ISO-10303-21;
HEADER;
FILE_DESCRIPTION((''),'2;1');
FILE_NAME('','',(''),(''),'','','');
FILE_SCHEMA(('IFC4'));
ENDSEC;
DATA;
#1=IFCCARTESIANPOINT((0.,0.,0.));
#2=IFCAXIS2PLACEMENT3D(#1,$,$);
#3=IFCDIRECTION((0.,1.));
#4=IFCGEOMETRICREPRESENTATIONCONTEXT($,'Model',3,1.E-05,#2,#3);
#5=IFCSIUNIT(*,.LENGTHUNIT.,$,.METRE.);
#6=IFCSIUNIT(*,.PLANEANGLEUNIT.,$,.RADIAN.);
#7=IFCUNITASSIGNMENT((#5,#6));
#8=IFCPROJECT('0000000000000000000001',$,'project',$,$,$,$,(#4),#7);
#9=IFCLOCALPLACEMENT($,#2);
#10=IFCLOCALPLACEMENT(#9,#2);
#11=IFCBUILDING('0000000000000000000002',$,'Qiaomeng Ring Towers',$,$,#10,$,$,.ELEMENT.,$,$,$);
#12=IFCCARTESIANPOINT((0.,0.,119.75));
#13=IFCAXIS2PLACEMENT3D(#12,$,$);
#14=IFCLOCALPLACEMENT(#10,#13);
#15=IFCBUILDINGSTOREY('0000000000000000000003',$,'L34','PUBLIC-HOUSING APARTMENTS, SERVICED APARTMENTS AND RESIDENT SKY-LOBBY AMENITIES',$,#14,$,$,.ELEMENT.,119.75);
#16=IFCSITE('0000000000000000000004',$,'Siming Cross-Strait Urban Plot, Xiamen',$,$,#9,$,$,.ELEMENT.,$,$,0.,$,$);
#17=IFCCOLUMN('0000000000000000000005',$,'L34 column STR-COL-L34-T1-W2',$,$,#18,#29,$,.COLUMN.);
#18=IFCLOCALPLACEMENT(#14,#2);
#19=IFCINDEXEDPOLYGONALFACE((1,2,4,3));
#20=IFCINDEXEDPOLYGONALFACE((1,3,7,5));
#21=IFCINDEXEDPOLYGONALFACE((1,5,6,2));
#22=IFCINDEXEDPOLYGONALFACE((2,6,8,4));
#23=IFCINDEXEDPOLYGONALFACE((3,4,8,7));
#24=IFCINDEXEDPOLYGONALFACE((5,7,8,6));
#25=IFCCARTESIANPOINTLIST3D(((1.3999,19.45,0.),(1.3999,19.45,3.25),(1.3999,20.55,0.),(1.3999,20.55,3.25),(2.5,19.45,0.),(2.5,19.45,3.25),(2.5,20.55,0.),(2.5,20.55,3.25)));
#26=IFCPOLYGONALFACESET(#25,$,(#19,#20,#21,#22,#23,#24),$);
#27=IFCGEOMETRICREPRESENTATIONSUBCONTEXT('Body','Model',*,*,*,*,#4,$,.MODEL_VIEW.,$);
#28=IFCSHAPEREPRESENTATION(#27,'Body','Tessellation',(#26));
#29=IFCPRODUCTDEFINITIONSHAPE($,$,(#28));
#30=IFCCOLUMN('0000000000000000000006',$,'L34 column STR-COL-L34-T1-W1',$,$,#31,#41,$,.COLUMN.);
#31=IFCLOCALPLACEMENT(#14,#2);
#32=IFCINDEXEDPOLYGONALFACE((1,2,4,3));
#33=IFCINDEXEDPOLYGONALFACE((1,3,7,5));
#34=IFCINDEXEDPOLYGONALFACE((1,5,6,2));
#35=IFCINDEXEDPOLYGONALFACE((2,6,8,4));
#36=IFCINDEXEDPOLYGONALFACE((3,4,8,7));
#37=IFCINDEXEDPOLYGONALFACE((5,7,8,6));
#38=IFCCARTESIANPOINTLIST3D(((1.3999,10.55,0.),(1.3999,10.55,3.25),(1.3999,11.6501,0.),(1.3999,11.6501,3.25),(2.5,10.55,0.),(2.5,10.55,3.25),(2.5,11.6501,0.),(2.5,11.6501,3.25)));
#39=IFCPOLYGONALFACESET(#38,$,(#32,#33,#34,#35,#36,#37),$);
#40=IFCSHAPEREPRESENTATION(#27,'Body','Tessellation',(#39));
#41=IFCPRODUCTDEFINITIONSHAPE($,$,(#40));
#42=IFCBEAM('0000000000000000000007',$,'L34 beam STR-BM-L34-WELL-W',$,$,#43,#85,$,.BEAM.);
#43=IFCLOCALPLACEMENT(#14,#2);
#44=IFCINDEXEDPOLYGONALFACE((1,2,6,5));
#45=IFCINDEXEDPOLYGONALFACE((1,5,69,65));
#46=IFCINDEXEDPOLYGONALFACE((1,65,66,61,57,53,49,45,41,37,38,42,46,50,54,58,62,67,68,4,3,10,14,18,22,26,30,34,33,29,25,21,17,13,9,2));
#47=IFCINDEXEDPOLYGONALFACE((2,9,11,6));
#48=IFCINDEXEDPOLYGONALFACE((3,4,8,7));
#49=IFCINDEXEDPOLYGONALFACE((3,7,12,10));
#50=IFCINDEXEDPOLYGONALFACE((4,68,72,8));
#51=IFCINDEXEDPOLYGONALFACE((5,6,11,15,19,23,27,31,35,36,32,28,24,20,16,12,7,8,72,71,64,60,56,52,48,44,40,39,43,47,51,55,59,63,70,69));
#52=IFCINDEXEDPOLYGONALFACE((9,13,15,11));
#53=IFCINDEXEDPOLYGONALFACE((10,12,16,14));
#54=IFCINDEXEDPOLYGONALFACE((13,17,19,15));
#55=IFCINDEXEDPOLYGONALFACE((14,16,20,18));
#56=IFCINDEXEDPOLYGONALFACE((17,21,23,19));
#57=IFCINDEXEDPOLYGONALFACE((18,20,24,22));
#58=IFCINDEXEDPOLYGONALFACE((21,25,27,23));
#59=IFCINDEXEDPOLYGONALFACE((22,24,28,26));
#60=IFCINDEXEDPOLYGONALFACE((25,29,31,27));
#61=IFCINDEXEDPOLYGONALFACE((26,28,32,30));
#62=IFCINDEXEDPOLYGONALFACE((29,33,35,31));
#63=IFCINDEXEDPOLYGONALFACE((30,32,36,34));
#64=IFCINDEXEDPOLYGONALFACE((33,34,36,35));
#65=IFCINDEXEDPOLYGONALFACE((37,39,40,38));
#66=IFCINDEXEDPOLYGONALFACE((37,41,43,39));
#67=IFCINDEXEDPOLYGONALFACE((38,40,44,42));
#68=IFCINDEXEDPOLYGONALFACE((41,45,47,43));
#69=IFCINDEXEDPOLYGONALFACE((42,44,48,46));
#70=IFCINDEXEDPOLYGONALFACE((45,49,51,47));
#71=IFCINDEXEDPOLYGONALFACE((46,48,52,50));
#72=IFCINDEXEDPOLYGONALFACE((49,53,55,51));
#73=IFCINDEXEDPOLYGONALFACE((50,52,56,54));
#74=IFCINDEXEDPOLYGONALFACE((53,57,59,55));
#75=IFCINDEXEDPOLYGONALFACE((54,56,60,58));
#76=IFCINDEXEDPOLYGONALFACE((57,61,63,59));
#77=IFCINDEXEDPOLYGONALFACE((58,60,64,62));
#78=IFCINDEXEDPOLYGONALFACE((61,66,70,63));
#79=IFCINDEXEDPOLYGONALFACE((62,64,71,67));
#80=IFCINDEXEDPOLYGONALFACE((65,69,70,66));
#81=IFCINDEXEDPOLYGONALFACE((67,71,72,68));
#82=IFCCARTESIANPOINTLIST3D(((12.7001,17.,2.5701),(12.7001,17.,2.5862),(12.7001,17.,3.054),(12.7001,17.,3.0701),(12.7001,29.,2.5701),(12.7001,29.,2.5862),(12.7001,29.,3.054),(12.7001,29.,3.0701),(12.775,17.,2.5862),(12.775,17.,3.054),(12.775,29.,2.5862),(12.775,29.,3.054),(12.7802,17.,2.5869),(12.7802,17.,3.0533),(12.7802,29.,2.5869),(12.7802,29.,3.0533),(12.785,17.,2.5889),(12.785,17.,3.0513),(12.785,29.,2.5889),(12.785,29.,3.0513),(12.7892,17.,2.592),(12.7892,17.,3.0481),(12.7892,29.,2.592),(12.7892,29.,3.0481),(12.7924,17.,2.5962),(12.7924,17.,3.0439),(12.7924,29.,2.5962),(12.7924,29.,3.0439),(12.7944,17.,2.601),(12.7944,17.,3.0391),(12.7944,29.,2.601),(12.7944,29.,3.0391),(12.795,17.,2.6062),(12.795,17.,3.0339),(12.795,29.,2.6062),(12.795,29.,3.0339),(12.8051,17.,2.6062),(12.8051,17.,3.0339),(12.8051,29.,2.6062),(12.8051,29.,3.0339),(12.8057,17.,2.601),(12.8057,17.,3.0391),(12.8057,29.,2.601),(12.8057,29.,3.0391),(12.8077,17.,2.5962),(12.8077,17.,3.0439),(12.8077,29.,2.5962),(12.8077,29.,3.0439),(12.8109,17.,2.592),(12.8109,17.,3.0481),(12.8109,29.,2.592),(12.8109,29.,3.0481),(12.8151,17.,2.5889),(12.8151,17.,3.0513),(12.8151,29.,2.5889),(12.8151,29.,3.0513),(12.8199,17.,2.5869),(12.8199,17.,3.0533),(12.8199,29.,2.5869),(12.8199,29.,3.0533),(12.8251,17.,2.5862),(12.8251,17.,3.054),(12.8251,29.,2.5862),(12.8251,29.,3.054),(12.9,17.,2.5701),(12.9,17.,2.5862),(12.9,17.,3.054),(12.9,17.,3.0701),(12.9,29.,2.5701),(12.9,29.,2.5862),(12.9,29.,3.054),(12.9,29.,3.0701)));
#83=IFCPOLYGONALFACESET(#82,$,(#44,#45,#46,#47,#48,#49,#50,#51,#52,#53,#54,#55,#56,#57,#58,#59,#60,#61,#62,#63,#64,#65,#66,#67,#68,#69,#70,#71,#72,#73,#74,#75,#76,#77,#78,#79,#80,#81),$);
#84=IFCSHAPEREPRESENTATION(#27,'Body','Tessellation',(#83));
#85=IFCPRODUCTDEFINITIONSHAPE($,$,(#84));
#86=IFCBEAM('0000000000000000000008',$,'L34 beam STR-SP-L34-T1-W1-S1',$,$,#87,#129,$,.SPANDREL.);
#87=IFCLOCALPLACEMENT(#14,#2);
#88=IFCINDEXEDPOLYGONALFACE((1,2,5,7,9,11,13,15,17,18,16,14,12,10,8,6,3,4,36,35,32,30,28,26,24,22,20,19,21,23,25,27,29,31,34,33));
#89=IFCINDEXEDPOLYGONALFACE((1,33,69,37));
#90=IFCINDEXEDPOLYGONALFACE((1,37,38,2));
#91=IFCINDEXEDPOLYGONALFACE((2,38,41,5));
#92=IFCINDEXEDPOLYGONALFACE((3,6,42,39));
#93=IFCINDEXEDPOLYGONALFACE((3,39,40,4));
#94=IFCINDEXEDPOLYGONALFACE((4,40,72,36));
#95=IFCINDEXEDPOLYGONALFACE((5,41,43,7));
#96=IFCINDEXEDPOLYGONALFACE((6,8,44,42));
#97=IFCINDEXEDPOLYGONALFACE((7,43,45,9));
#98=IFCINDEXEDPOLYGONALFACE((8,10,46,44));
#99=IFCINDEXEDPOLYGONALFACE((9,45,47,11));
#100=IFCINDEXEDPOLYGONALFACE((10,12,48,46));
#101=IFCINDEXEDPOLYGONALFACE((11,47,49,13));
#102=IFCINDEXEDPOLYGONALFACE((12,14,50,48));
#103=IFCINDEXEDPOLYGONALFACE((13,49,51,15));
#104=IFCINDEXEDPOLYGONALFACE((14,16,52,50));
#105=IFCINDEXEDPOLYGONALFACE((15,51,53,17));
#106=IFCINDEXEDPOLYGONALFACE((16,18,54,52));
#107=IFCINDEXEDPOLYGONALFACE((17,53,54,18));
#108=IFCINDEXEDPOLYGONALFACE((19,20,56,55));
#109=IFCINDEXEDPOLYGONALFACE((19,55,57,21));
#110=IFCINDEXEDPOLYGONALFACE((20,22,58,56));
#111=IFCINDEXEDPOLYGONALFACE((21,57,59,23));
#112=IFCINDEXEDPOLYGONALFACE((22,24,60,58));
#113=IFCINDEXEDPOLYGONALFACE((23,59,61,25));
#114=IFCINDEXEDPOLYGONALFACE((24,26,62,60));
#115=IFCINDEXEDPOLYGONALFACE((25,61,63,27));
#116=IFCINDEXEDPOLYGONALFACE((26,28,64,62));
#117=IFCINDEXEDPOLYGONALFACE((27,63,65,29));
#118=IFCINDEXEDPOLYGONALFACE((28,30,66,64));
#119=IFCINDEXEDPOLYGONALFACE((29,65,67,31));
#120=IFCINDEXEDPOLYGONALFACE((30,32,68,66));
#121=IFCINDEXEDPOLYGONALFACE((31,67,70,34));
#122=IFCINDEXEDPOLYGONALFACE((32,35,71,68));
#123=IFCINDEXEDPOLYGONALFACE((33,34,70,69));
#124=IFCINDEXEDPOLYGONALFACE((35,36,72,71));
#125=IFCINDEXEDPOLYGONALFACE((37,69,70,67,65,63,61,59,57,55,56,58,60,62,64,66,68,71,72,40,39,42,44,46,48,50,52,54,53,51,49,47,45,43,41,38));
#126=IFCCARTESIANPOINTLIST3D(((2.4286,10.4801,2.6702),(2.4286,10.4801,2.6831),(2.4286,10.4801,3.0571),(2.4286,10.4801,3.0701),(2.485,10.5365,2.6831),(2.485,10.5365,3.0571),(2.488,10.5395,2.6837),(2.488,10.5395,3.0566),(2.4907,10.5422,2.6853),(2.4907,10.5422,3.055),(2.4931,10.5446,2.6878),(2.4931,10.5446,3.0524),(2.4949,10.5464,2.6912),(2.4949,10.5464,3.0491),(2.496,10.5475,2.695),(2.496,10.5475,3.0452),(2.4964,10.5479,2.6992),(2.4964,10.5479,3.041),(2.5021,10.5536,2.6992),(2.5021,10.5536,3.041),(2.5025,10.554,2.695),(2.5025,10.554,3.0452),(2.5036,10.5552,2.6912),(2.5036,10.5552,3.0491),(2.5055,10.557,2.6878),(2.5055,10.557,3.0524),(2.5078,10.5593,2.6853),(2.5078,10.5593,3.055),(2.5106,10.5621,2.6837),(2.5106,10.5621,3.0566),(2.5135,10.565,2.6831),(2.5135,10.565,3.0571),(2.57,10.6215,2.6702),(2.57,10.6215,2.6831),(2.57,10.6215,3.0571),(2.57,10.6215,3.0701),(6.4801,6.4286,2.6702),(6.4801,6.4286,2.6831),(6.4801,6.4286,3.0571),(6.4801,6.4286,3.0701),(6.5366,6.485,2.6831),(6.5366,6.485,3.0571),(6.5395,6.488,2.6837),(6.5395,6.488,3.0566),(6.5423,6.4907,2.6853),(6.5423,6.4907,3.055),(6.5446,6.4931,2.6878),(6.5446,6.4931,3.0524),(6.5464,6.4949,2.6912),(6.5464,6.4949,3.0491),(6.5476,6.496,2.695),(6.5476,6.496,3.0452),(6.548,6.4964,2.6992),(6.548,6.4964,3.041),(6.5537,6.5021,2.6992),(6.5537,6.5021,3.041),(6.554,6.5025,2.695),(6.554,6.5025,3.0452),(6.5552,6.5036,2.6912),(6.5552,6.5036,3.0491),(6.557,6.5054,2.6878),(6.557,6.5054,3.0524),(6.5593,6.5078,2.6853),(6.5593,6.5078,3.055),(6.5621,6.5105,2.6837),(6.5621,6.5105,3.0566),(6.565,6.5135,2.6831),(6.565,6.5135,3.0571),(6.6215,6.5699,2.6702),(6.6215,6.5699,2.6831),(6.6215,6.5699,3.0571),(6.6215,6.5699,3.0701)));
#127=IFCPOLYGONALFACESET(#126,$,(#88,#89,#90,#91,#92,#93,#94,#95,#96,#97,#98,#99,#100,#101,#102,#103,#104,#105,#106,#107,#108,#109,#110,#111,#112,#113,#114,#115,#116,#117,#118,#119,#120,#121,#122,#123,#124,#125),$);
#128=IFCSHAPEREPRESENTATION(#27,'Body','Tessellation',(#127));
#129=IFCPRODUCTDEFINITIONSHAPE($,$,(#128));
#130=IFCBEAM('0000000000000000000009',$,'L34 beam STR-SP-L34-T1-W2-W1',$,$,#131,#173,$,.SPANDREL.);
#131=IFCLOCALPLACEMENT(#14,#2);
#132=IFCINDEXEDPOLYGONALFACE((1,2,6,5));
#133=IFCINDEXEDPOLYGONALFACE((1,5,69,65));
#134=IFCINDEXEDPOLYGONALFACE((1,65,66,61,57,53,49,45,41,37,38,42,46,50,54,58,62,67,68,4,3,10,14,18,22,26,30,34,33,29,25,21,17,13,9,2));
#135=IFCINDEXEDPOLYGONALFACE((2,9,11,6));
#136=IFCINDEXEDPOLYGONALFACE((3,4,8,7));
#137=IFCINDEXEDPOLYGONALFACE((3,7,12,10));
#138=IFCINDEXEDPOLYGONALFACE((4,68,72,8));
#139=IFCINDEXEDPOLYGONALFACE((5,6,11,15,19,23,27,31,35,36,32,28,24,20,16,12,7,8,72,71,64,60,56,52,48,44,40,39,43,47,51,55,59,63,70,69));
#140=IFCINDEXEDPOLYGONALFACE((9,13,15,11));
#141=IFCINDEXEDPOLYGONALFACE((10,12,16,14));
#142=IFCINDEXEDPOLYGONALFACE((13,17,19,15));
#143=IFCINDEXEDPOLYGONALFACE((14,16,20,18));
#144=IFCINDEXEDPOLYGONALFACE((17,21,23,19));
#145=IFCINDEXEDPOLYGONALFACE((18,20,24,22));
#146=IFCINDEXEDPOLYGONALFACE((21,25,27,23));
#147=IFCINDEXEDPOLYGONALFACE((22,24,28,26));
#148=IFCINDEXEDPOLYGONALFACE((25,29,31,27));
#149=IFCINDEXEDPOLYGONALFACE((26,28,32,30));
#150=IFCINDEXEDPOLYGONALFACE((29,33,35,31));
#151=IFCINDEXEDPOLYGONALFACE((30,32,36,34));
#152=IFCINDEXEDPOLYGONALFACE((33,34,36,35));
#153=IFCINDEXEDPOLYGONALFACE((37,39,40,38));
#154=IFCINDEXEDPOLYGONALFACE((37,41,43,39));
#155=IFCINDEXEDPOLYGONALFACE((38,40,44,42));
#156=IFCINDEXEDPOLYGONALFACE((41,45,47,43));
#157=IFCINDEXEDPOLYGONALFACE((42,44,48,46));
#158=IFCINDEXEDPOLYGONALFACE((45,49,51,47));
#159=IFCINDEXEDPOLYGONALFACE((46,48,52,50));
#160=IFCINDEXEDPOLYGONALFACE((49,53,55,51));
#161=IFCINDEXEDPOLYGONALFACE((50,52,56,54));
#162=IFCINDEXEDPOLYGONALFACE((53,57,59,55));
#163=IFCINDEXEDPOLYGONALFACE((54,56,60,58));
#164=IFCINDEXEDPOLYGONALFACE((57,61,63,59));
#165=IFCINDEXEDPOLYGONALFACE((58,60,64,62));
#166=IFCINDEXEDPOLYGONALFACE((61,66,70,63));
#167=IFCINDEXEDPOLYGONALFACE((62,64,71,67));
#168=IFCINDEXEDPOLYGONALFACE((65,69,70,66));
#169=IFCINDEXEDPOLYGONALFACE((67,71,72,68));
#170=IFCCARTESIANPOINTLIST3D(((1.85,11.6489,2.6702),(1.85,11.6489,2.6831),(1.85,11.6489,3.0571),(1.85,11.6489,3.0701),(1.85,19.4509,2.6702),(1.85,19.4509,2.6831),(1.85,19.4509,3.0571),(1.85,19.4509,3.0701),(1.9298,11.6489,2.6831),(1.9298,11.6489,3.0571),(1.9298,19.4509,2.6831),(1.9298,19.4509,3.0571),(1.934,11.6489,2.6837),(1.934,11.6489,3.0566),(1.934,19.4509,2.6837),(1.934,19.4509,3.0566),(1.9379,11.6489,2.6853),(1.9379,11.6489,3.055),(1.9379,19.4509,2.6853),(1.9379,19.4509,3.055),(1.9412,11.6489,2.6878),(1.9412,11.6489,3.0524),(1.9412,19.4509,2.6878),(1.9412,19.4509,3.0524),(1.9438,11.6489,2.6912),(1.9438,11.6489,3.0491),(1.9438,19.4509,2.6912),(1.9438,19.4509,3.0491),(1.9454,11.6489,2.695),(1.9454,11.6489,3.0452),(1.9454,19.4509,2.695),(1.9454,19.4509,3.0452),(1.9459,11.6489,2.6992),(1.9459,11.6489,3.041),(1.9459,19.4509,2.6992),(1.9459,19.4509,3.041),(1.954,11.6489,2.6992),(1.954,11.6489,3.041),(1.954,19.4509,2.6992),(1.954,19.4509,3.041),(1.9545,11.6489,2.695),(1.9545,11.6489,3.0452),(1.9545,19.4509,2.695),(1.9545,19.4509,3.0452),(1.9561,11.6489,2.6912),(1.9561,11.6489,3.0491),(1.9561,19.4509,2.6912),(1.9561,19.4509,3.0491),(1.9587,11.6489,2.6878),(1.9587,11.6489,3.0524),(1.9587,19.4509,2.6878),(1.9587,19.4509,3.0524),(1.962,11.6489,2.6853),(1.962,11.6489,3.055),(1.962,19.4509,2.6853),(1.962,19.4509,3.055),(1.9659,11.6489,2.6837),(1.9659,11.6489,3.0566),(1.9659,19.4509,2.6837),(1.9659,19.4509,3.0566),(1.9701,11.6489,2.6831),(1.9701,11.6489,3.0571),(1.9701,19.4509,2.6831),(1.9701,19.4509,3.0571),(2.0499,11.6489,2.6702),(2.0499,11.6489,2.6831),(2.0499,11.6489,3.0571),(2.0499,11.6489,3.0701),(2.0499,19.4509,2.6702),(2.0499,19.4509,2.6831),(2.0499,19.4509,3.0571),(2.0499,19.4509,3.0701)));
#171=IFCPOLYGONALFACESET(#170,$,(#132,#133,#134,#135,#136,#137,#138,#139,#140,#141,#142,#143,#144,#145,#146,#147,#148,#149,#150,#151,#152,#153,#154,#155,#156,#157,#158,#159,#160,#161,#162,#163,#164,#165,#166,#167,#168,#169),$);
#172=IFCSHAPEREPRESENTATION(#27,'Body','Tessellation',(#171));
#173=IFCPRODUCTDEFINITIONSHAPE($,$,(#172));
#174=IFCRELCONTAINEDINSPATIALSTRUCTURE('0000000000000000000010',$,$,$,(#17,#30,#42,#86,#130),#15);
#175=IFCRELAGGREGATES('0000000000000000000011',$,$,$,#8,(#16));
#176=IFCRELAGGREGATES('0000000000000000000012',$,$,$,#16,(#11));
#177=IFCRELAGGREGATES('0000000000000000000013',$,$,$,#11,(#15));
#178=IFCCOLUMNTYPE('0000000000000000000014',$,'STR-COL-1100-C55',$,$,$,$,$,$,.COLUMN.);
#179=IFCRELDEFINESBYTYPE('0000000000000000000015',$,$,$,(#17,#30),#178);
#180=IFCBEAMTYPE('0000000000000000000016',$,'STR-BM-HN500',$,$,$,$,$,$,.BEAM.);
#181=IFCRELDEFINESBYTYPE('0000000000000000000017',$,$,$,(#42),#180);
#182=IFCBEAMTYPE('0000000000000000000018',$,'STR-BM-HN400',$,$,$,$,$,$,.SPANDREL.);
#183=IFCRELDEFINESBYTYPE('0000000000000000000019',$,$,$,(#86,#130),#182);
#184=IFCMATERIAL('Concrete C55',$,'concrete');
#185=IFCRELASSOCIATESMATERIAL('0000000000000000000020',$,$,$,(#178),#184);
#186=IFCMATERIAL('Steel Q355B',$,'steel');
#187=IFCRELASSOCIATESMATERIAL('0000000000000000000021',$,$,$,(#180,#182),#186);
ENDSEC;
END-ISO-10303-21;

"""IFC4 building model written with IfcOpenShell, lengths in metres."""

from ifc_helpers import new_model, si_unit, direction, frame, origin, origin_2d, place, context, subcontext, project, spatial, rectangle, i_section, extrude, source, transform, mapped, material, material_profile, profile_set, type_object, element, save


model = new_model("IFC4")

# Units and contexts
model_context = context("Model", 3, precision=1e-05, world=origin(), true_north=direction((0.0, 1.0)))
body_context = subcontext(model_context, "Body", "Model", "MODEL_VIEW")
ifc_project = project(units=[si_unit("LENGTHUNIT", "METRE"), si_unit("PLANEANGLEUNIT", "RADIAN")], contexts=[model_context])

# Site, building, storey
site_placement = place(None, origin())
site = spatial("IfcSite", under=ifc_project, at=site_placement, Name="Siming Cross-Strait Urban Plot, Xiamen", CompositionType="ELEMENT", RefElevation=0.0)
building_placement = place(site_placement, origin())
building = spatial("IfcBuilding", under=site, at=building_placement, Name="Qiaomeng Ring Towers", CompositionType="ELEMENT")
storey_placement = place(building_placement, frame((0.0, 0.0, 119.75)))
storey = spatial("IfcBuildingStorey", under=building, at=storey_placement, Name="L34", Description="PUBLIC-HOUSING APARTMENTS, SERVICED APARTMENTS AND RESIDENT SKY-LOBBY AMENITIES", CompositionType="ELEMENT", Elevation=119.75)

# Columns
ifc_material_1 = material(Name="Concrete C55", Category="concrete")
ifc_material_profile_1 = material_profile(ifc_material_1, rectangle(XDim=1.1001, YDim=1.1001, at=origin_2d()), Name="RC COL 1100x1100")
ifc_profile_set_1 = profile_set([ifc_material_profile_1], Name="Concrete C55")
column_type = type_object("IfcColumnType", Name="STR-COL-1100-C55", PredefinedType="COLUMN", material=ifc_profile_set_1)
shared_shape_1 = source(origin(), body_context, "Body", "SweptSolid", [
    extrude(rectangle(XDim=1.1001, YDim=1.1001, at=origin_2d()), origin(), (0.0, 0.0, 1.0), 3.25),
])
for number, where, z_axis, x_axis, name in (
    (1, (1.95, 20.0, 0.0), (0.0, 0.0, 1.0), (1.0, 0.0, 0.0), "L34 column STR-COL-L34-T1-W2"),
    (2, (1.95, 11.1001, 0.0), (0.0, 0.0, 1.0), (1.0, 0.0, 0.0), "L34 column STR-COL-L34-T1-W1"),
):
    element("IfcColumn", number, at=place(storey_placement, frame(where, z_axis=z_axis, x_axis=x_axis)), inside=storey, type_object=column_type, Name=name, PredefinedType="COLUMN", context=body_context, shape_type="MappedRepresentation", body=[
        mapped(shared_shape_1, transform((0.0, 0.0, 0.0), x_axis=(1.0, 0.0, 0.0), y_axis=(0.0, 1.0, 0.0), z_axis=(0.0, 0.0, 1.0), scale=1.0)),
    ])

# Beams
ifc_material_2 = material(Name="Steel Q355B", Category="steel")
ifc_material_profile_2 = material_profile(ifc_material_2, i_section(OverallWidth=0.2, OverallDepth=0.5, WebThickness=0.01, FlangeThickness=0.0161, FilletRadius=0.02, at=origin_2d()), Name="HN 500x200x10x16")
ifc_profile_set_2 = profile_set([ifc_material_profile_2], Name="Steel Q355B")
beam_type_1 = type_object("IfcBeamType", Name="STR-BM-HN500", PredefinedType="BEAM", material=ifc_profile_set_2)
shared_shape_2 = source(origin(), body_context, "Body", "SweptSolid", [
    extrude(i_section(OverallWidth=0.2, OverallDepth=0.5, WebThickness=0.01, FlangeThickness=0.0161, FilletRadius=0.02, at=origin_2d()), origin(), (0.0, 0.0, 1.0), 12.0),
])
beam_1_placement = place(storey_placement, frame((12.8, 17.0, 2.8201), z_axis=(0.0, 1.0, 0.0), x_axis=(-1.0, 0.0, 0.0)))
element("IfcBeam", 3, at=beam_1_placement, inside=storey, type_object=beam_type_1, Name="L34 beam STR-BM-L34-WELL-W", PredefinedType="BEAM", context=body_context, shape_type="MappedRepresentation", body=[
    mapped(shared_shape_2, transform((0.0, 0.0, 0.0), x_axis=(1.0, 0.0, 0.0), y_axis=(0.0, 1.0, 0.0), z_axis=(0.0, 0.0, 1.0), scale=1.0)),
])
ifc_material_profile_3 = material_profile(ifc_material_2, i_section(OverallWidth=0.2, OverallDepth=0.3999, WebThickness=0.0081, FlangeThickness=0.0129, FilletRadius=0.0161, at=origin_2d()), Name="HN 400x200x8x13")
ifc_profile_set_3 = profile_set([ifc_material_profile_3], Name="Steel Q355B")
beam_type_2 = type_object("IfcBeamType", Name="STR-BM-HN400", PredefinedType="SPANDREL", material=ifc_profile_set_3)
shared_shape_3 = source(origin(), body_context, "Body", "SweptSolid", [
    extrude(i_section(OverallWidth=0.2, OverallDepth=0.3999, WebThickness=0.0081, FlangeThickness=0.0129, FilletRadius=0.0161, at=origin_2d()), origin(), (0.0, 0.0, 1.0), 5.7297),
])
beam_2_placement = place(storey_placement, frame((2.4993, 10.5508, 2.8701), z_axis=(0.707107, -0.707107, 0.0), x_axis=(0.707107, 0.707107, 0.0)))
element("IfcBeam", 4, at=beam_2_placement, inside=storey, type_object=beam_type_2, Name="L34 beam STR-SP-L34-T1-W1-S1", PredefinedType="SPANDREL", context=body_context, shape_type="MappedRepresentation", body=[
    mapped(shared_shape_3, transform((0.0, 0.0, 0.0), x_axis=(1.0, 0.0, 0.0), y_axis=(0.0, 1.0, 0.0), z_axis=(0.0, 0.0, 1.0), scale=1.0)),
])
shared_shape_4 = source(origin(), body_context, "Body", "SweptSolid", [
    extrude(i_section(OverallWidth=0.2, OverallDepth=0.3999, WebThickness=0.0081, FlangeThickness=0.0129, FilletRadius=0.0161, at=origin_2d()), origin(), (0.0, 0.0, 1.0), 7.802),
])
beam_3_placement = place(storey_placement, frame((1.95, 19.4509, 2.8701), z_axis=(0.0, -1.0, 0.0), x_axis=(1.0, 0.0, 0.0)))
element("IfcBeam", 5, at=beam_3_placement, inside=storey, type_object=beam_type_2, Name="L34 beam STR-SP-L34-T1-W2-W1", PredefinedType="SPANDREL", context=body_context, shape_type="MappedRepresentation", body=[
    mapped(shared_shape_4, transform((0.0, 0.0, 0.0), x_axis=(1.0, 0.0, 0.0), y_axis=(0.0, 1.0, 0.0), z_axis=(0.0, 0.0, 1.0), scale=1.0)),
])

save(model, "model.ifc")
